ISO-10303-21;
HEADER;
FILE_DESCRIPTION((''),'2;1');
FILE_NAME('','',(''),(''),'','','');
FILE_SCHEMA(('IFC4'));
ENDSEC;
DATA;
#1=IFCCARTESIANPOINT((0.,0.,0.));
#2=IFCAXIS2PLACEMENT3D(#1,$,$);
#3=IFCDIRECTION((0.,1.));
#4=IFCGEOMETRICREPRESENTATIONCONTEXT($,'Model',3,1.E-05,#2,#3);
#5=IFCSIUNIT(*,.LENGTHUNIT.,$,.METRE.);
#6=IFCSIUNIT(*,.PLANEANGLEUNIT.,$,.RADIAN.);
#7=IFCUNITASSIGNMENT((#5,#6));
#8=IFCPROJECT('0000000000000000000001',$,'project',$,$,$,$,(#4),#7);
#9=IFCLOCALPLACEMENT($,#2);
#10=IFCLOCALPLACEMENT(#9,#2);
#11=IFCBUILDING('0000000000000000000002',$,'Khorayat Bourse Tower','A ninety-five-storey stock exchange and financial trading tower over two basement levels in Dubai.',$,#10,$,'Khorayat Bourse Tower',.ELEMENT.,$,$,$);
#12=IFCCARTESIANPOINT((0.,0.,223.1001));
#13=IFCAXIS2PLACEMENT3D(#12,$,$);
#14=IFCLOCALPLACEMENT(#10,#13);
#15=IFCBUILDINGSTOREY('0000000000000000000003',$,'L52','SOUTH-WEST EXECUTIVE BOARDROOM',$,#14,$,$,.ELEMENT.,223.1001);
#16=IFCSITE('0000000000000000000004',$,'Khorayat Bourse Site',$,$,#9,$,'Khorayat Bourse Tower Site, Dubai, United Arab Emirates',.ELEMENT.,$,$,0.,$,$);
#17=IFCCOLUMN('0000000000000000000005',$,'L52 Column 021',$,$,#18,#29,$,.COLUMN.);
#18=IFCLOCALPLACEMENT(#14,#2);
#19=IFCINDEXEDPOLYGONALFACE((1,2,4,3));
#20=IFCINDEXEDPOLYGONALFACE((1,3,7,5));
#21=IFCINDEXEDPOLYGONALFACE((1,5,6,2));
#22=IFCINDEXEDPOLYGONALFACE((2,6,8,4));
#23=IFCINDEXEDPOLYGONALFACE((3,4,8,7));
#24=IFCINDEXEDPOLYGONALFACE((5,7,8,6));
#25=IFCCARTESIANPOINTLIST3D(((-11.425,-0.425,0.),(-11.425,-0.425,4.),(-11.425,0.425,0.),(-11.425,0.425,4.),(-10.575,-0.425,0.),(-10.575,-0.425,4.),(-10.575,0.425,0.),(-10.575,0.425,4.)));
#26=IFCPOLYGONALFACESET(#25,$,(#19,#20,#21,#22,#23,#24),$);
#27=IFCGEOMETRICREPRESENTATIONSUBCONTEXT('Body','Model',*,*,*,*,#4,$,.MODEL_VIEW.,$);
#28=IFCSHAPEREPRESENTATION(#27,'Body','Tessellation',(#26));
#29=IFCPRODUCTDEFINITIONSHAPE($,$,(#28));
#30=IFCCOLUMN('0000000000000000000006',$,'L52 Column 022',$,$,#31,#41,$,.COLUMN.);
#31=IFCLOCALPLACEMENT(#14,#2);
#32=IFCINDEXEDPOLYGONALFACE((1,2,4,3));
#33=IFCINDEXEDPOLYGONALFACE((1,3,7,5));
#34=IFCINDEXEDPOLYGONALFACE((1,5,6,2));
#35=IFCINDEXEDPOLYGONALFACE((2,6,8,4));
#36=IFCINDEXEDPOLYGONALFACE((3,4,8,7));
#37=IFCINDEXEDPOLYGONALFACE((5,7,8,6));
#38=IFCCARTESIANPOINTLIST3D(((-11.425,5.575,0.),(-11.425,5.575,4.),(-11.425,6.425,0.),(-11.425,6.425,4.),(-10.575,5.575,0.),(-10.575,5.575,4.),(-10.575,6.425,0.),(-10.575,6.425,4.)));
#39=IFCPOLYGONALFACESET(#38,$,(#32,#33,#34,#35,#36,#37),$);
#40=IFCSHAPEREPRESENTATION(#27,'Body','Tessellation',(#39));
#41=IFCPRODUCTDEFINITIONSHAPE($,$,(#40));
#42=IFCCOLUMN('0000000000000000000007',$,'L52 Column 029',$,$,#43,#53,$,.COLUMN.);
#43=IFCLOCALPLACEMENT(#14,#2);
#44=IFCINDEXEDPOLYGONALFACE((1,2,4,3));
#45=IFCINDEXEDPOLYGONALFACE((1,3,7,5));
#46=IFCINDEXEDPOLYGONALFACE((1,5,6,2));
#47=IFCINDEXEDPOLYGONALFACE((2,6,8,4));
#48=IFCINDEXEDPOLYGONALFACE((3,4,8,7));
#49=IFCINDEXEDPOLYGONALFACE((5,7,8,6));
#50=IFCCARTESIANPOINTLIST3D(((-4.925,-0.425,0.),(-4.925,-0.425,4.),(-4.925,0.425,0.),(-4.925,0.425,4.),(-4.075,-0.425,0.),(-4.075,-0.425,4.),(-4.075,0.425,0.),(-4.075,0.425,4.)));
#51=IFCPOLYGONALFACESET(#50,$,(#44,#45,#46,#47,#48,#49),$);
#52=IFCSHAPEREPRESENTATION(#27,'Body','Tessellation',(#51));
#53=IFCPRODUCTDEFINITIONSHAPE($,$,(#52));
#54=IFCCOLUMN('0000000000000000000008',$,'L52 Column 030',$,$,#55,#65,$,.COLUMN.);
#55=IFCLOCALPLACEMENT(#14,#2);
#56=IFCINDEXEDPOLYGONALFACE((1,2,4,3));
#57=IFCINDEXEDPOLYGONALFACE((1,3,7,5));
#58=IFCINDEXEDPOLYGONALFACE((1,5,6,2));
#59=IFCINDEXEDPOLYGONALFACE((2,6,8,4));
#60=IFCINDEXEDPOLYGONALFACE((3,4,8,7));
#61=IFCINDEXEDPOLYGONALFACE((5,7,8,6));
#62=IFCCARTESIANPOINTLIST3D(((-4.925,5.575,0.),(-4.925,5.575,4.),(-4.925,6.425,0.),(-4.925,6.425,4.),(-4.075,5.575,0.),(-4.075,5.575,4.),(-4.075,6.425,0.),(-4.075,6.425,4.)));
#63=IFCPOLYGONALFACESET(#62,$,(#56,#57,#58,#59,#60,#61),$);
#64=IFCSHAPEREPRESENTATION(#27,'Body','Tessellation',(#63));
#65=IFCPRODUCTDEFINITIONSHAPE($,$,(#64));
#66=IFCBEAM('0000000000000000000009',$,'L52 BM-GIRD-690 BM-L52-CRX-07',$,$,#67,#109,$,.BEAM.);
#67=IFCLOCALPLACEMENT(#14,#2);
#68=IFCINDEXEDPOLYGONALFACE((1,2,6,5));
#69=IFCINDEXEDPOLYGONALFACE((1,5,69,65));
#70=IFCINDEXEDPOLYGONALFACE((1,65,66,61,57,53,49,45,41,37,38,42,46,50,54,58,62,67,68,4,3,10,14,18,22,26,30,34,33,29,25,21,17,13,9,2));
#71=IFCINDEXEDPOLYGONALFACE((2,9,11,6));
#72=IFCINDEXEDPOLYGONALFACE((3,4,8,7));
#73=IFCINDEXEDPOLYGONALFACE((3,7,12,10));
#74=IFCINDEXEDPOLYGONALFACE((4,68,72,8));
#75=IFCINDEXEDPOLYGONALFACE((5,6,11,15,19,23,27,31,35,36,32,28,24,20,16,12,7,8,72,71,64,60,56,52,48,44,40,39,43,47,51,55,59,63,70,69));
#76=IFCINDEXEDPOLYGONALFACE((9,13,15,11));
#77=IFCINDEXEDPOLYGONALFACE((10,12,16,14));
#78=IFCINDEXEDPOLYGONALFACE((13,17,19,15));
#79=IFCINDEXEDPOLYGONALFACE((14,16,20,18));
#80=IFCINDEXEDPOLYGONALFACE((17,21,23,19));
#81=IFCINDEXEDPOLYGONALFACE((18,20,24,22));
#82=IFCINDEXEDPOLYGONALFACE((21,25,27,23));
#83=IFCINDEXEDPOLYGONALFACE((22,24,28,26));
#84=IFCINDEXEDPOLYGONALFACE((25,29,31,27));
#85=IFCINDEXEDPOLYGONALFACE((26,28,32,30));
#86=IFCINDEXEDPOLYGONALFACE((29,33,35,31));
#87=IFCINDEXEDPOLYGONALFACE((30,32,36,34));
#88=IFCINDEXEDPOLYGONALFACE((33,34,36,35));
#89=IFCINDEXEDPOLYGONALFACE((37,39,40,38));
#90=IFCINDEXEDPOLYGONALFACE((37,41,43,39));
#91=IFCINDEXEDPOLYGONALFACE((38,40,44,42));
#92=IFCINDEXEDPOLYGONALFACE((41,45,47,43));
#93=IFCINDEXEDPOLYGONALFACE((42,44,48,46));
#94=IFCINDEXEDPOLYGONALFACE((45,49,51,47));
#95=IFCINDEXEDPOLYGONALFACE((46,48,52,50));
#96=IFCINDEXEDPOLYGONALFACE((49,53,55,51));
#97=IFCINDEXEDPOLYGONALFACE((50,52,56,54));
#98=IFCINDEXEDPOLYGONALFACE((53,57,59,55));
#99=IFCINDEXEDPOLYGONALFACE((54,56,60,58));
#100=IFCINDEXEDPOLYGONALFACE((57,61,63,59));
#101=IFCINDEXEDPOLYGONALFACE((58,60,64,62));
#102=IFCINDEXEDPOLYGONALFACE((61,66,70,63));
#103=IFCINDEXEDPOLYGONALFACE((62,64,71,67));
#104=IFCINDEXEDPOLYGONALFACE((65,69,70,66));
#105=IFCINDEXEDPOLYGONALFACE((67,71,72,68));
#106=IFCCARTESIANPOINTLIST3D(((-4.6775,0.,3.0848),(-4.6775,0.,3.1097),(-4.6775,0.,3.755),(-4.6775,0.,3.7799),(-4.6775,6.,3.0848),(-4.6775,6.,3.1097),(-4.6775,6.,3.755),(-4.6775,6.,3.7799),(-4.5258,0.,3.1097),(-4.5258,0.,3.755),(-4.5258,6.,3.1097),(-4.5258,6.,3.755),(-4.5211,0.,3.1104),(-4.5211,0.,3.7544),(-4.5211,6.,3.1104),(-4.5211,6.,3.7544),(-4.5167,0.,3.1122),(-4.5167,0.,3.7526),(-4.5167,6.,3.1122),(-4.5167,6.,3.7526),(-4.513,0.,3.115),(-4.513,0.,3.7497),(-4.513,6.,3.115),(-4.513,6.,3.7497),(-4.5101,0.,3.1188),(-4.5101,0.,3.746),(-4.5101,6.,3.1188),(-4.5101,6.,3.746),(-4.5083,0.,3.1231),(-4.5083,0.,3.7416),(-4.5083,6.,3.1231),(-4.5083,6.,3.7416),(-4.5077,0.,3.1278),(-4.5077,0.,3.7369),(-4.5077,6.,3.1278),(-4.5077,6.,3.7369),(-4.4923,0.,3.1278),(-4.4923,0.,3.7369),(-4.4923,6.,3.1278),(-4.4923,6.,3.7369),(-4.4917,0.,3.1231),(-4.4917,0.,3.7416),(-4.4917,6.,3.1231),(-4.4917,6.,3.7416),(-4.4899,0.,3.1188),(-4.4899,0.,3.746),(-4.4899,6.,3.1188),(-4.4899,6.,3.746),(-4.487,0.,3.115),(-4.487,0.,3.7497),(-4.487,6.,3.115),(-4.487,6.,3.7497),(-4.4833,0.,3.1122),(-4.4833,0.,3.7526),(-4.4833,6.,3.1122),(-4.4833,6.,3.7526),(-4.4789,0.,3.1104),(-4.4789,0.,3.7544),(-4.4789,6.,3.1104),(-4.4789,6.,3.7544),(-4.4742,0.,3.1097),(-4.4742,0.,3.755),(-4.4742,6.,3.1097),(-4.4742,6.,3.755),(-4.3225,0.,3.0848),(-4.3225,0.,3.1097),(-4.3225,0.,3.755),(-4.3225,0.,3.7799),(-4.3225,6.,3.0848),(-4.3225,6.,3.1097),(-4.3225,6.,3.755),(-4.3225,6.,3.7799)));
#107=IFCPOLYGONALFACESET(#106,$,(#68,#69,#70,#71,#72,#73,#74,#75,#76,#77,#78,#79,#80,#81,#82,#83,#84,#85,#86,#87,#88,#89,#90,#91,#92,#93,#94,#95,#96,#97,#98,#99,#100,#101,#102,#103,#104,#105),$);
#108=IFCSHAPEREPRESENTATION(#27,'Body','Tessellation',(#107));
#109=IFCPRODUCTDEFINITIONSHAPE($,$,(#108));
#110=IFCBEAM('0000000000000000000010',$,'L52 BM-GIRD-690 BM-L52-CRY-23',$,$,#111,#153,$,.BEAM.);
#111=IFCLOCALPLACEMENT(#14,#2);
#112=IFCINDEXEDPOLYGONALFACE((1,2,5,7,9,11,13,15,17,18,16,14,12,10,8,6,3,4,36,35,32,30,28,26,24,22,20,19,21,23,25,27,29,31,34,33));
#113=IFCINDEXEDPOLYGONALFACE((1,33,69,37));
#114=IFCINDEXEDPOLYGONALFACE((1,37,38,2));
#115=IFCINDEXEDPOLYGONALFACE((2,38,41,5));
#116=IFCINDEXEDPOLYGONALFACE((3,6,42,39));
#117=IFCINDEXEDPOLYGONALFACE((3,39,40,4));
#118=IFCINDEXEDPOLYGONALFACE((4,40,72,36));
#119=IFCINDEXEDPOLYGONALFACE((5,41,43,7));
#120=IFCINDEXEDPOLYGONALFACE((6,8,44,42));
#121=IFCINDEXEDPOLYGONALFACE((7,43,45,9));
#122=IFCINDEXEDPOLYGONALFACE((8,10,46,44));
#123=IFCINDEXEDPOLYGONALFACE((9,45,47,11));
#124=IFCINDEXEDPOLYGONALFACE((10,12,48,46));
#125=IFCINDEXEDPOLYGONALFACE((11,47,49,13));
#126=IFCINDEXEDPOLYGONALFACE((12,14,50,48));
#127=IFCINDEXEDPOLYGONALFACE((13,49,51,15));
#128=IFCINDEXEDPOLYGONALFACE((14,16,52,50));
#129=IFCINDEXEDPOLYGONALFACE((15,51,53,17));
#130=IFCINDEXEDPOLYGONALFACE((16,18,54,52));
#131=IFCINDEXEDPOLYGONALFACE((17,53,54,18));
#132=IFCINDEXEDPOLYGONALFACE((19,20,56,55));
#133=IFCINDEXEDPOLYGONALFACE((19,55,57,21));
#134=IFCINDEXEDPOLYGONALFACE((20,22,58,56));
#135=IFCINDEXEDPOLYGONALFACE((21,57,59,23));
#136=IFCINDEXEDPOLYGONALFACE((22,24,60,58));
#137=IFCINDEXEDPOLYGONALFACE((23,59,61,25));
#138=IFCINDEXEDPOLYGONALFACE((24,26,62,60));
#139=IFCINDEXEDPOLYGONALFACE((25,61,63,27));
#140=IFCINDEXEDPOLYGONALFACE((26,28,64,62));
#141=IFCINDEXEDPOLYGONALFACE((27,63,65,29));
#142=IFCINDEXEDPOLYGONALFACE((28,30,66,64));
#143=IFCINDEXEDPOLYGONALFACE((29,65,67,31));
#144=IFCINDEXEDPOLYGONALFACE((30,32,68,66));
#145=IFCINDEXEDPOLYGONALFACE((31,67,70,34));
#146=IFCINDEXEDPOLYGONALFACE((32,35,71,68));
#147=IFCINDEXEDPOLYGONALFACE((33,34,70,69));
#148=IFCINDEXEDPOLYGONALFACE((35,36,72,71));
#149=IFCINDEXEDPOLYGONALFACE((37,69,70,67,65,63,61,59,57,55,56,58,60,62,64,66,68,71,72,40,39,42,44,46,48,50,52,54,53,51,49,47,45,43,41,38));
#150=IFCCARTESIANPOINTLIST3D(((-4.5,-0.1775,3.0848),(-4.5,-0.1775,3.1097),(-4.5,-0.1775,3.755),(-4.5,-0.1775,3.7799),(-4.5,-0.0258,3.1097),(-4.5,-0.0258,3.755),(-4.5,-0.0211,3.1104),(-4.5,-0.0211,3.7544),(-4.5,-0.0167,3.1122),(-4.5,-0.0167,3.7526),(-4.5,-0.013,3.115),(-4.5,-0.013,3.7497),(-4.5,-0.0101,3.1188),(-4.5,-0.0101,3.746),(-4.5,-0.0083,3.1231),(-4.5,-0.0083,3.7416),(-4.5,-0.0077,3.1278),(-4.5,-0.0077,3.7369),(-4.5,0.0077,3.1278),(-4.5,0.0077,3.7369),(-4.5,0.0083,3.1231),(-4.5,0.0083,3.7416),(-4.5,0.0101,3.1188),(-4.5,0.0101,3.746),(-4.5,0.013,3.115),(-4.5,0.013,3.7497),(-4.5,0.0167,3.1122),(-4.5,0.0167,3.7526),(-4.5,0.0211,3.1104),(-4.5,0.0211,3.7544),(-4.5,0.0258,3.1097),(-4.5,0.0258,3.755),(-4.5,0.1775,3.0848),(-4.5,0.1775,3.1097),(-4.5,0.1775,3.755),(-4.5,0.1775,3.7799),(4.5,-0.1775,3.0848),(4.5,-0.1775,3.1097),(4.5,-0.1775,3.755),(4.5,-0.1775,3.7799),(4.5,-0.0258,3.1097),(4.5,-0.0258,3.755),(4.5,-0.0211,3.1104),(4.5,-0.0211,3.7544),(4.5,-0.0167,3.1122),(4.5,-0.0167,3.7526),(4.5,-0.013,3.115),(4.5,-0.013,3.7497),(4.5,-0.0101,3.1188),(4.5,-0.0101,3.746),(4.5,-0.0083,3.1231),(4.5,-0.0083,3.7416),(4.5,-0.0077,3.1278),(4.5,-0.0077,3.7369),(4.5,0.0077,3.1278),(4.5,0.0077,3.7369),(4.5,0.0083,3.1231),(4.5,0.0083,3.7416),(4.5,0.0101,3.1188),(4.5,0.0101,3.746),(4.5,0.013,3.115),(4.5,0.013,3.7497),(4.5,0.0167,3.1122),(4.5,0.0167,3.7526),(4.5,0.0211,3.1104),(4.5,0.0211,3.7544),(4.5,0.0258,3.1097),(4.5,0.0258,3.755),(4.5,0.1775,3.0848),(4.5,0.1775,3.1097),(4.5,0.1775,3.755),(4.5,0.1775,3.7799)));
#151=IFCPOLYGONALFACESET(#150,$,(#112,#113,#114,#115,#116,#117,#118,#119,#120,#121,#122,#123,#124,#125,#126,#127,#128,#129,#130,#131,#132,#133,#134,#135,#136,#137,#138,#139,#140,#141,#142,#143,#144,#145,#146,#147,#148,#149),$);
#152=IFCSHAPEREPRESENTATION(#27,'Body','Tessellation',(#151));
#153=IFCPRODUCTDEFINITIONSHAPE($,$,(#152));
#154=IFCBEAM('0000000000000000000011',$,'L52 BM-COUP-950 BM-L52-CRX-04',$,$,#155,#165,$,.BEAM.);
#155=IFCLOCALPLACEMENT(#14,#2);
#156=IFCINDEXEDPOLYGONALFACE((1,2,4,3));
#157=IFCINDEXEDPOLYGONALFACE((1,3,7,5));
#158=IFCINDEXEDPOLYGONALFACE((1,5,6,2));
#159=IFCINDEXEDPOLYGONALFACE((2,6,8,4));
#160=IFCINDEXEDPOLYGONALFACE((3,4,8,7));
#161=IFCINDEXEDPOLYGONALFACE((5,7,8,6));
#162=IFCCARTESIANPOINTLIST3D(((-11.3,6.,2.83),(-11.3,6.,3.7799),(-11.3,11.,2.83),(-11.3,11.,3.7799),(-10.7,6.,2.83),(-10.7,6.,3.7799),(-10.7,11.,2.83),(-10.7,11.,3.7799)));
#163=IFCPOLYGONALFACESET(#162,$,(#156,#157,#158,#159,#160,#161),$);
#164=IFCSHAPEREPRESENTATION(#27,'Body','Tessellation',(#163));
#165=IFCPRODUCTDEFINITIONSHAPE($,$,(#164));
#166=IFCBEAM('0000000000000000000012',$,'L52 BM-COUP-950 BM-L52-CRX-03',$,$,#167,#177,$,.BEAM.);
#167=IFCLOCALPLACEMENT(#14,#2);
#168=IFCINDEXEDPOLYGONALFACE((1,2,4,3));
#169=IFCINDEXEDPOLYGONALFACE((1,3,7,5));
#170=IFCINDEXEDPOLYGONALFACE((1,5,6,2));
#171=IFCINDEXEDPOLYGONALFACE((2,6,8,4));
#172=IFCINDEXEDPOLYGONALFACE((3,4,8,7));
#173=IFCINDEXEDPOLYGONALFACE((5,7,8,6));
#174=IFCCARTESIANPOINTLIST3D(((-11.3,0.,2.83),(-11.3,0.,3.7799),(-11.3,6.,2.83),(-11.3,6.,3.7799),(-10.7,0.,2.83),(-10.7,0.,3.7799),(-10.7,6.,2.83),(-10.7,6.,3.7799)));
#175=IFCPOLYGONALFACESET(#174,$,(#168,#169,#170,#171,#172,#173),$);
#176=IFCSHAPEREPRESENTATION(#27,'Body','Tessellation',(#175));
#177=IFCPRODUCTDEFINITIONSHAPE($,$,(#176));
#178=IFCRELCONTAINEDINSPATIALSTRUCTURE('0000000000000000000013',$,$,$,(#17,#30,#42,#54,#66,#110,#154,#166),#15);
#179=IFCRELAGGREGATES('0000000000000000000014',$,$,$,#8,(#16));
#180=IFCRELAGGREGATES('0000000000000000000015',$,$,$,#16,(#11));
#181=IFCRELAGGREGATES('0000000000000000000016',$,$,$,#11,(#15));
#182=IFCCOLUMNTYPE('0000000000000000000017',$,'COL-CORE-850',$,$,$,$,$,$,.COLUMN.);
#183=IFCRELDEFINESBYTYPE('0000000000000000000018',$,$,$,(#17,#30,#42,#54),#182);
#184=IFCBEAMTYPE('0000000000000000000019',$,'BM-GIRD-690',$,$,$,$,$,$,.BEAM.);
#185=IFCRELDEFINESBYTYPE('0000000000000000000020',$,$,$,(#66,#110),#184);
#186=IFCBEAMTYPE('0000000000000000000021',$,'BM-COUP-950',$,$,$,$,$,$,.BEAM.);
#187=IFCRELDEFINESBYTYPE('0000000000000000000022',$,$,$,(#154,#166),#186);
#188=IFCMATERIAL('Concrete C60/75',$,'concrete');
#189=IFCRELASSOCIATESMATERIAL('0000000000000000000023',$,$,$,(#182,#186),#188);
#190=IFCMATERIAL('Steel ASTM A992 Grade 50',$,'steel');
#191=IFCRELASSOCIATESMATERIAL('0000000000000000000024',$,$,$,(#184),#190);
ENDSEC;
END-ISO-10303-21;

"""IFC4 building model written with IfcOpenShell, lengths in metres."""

from ifc_helpers import new_model, si_unit, direction, frame, origin, origin_2d, place, context, subcontext, project, spatial, rectangle, i_section, extrude, source, transform, mapped, material, material_profile, profile_set, type_object, element, save


model = new_model("IFC4")

# Units and contexts
model_context = context("Model", 3, precision=1e-05, world=origin(), true_north=direction((0.0, 1.0)))
body_context = subcontext(model_context, "Body", "Model", "MODEL_VIEW")
ifc_project = project(units=[si_unit("LENGTHUNIT", "METRE"), si_unit("PLANEANGLEUNIT", "RADIAN")], contexts=[model_context])

# Site, building, storey
site_placement = place(None, origin())
site = spatial("IfcSite", under=ifc_project, at=site_placement, Name="Khorayat Bourse Site", LongName="Khorayat Bourse Tower Site, Dubai, United Arab Emirates", CompositionType="ELEMENT", RefElevation=0.0)
building_placement = place(site_placement, origin())
building = spatial("IfcBuilding", under=site, at=building_placement, Name="Khorayat Bourse Tower", Description="A ninety-five-storey stock exchange and financial trading tower over two basement levels in Dubai.", LongName="Khorayat Bourse Tower", CompositionType="ELEMENT")
storey_placement = place(building_placement, frame((0.0, 0.0, 223.1001)))
storey = spatial("IfcBuildingStorey", under=building, at=storey_placement, Name="L52", Description="SOUTH-WEST EXECUTIVE BOARDROOM", CompositionType="ELEMENT", Elevation=223.1001)

# Columns
ifc_material_1 = material(Name="Concrete C60/75", Category="concrete")
ifc_material_profile_1 = material_profile(ifc_material_1, rectangle(XDim=0.8501, YDim=0.8501, at=origin_2d()), Name="RC 850x850")
ifc_profile_set_1 = profile_set([ifc_material_profile_1], Name="Concrete C60/75")
column_type = type_object("IfcColumnType", Name="COL-CORE-850", PredefinedType="COLUMN", material=ifc_profile_set_1)
shared_shape_1 = source(origin(), body_context, "Body", "SweptSolid", [
    extrude(rectangle(XDim=0.8501, YDim=0.8501, at=origin_2d()), origin(), (0.0, 0.0, 1.0), 4.0),
])
for number, where, z_axis, x_axis, name in (
    (1, (-11.0, 0.0, 0.0), (0.0, 0.0, 1.0), (1.0, 0.0, 0.0), "L52 Column 021"),
    (2, (-11.0, 6.0, 0.0), (0.0, 0.0, 1.0), (1.0, 0.0, 0.0), "L52 Column 022"),
    (3, (-4.5, 0.0, 0.0), (0.0, 0.0, 1.0), (1.0, 0.0, 0.0), "L52 Column 029"),
    (4, (-4.5, 6.0, 0.0), (0.0, 0.0, 1.0), (1.0, 0.0, 0.0), "L52 Column 030"),
):
    element("IfcColumn", number, at=place(storey_placement, frame(where, z_axis=z_axis, x_axis=x_axis)), inside=storey, type_object=column_type, Name=name, PredefinedType="COLUMN", context=body_context, shape_type="MappedRepresentation", body=[
        mapped(shared_shape_1, transform((0.0, 0.0, 0.0), scale=1.0)),
    ])

# Beams
ifc_material_2 = material(Name="Steel ASTM A992 Grade 50", Category="steel")
ifc_material_profile_2 = material_profile(ifc_material_2, i_section(OverallWidth=0.355, OverallDepth=0.6951, WebThickness=0.0154, FlangeThickness=0.0249, FilletRadius=0.0181, at=origin_2d()), Name="W690X217")
ifc_profile_set_2 = profile_set([ifc_material_profile_2], Name="Steel ASTM A992 Grade 50")
beam_type_1 = type_object("IfcBeamType", Name="BM-GIRD-690", PredefinedType="BEAM", material=ifc_profile_set_2)
shared_shape_2 = source(origin(), body_context, "Body", "SweptSolid", [
    extrude(i_section(OverallWidth=0.355, OverallDepth=0.6951, WebThickness=0.0154, FlangeThickness=0.0249, FilletRadius=0.0181, at=origin_2d()), origin(), (0.0, 0.0, 1.0), 6.0),
])
beam_1_placement = place(storey_placement, frame((-4.5, 0.0, 3.4324), z_axis=(0.0, 1.0, 0.0), x_axis=(-1.0, 0.0, 0.0)))
element("IfcBeam", 5, at=beam_1_placement, inside=storey, type_object=beam_type_1, Name="L52 BM-GIRD-690 BM-L52-CRX-07", PredefinedType="BEAM", context=body_context, shape_type="MappedRepresentation", body=[
    mapped(shared_shape_2, transform((0.0, 0.0, 0.0), scale=1.0)),
])
shared_shape_3 = source(origin(), body_context, "Body", "SweptSolid", [
    extrude(i_section(OverallWidth=0.355, OverallDepth=0.6951, WebThickness=0.0154, FlangeThickness=0.0249, FilletRadius=0.0181, at=origin_2d()), origin(), (0.0, 0.0, 1.0), 9.0),
])
beam_2_placement = place(storey_placement, frame((-4.5, 0.0, 3.4324), z_axis=(1.0, 0.0, 0.0), x_axis=(0.0, 1.0, 0.0)))
element("IfcBeam", 6, at=beam_2_placement, inside=storey, type_object=beam_type_1, Name="L52 BM-GIRD-690 BM-L52-CRY-23", PredefinedType="BEAM", context=body_context, shape_type="MappedRepresentation", body=[
    mapped(shared_shape_3, transform((0.0, 0.0, 0.0), scale=1.0)),
])
ifc_material_profile_3 = material_profile(ifc_material_1, rectangle(XDim=0.6001, YDim=0.95, at=origin_2d()), Name="RC 600x950")
ifc_profile_set_3 = profile_set([ifc_material_profile_3], Name="Concrete C60/75")
beam_type_2 = type_object("IfcBeamType", Name="BM-COUP-950", PredefinedType="BEAM", material=ifc_profile_set_3)
shared_shape_4 = source(origin(), body_context, "Body", "SweptSolid", [
    extrude(rectangle(XDim=0.6001, YDim=0.95, at=origin_2d()), origin(), (0.0, 0.0, 1.0), 5.0),
])
beam_3_placement = place(storey_placement, frame((-11.0, 6.0, 3.3049), z_axis=(0.0, 1.0, 0.0), x_axis=(-1.0, 0.0, 0.0)))
element("IfcBeam", 7, at=beam_3_placement, inside=storey, type_object=beam_type_2, Name="L52 BM-COUP-950 BM-L52-CRX-04", PredefinedType="BEAM", context=body_context, shape_type="MappedRepresentation", body=[
    mapped(shared_shape_4, transform((0.0, 0.0, 0.0), scale=1.0)),
])
shared_shape_5 = source(origin(), body_context, "Body", "SweptSolid", [
    extrude(rectangle(XDim=0.6001, YDim=0.95, at=origin_2d()), origin(), (0.0, 0.0, 1.0), 6.0),
])
beam_4_placement = place(storey_placement, frame((-11.0, 0.0, 3.3049), z_axis=(0.0, 1.0, 0.0), x_axis=(-1.0, 0.0, 0.0)))
element("IfcBeam", 8, at=beam_4_placement, inside=storey, type_object=beam_type_2, Name="L52 BM-COUP-950 BM-L52-CRX-03", PredefinedType="BEAM", context=body_context, shape_type="MappedRepresentation", body=[
    mapped(shared_shape_5, transform((0.0, 0.0, 0.0), scale=1.0)),
])

save(model, "model.ifc")
